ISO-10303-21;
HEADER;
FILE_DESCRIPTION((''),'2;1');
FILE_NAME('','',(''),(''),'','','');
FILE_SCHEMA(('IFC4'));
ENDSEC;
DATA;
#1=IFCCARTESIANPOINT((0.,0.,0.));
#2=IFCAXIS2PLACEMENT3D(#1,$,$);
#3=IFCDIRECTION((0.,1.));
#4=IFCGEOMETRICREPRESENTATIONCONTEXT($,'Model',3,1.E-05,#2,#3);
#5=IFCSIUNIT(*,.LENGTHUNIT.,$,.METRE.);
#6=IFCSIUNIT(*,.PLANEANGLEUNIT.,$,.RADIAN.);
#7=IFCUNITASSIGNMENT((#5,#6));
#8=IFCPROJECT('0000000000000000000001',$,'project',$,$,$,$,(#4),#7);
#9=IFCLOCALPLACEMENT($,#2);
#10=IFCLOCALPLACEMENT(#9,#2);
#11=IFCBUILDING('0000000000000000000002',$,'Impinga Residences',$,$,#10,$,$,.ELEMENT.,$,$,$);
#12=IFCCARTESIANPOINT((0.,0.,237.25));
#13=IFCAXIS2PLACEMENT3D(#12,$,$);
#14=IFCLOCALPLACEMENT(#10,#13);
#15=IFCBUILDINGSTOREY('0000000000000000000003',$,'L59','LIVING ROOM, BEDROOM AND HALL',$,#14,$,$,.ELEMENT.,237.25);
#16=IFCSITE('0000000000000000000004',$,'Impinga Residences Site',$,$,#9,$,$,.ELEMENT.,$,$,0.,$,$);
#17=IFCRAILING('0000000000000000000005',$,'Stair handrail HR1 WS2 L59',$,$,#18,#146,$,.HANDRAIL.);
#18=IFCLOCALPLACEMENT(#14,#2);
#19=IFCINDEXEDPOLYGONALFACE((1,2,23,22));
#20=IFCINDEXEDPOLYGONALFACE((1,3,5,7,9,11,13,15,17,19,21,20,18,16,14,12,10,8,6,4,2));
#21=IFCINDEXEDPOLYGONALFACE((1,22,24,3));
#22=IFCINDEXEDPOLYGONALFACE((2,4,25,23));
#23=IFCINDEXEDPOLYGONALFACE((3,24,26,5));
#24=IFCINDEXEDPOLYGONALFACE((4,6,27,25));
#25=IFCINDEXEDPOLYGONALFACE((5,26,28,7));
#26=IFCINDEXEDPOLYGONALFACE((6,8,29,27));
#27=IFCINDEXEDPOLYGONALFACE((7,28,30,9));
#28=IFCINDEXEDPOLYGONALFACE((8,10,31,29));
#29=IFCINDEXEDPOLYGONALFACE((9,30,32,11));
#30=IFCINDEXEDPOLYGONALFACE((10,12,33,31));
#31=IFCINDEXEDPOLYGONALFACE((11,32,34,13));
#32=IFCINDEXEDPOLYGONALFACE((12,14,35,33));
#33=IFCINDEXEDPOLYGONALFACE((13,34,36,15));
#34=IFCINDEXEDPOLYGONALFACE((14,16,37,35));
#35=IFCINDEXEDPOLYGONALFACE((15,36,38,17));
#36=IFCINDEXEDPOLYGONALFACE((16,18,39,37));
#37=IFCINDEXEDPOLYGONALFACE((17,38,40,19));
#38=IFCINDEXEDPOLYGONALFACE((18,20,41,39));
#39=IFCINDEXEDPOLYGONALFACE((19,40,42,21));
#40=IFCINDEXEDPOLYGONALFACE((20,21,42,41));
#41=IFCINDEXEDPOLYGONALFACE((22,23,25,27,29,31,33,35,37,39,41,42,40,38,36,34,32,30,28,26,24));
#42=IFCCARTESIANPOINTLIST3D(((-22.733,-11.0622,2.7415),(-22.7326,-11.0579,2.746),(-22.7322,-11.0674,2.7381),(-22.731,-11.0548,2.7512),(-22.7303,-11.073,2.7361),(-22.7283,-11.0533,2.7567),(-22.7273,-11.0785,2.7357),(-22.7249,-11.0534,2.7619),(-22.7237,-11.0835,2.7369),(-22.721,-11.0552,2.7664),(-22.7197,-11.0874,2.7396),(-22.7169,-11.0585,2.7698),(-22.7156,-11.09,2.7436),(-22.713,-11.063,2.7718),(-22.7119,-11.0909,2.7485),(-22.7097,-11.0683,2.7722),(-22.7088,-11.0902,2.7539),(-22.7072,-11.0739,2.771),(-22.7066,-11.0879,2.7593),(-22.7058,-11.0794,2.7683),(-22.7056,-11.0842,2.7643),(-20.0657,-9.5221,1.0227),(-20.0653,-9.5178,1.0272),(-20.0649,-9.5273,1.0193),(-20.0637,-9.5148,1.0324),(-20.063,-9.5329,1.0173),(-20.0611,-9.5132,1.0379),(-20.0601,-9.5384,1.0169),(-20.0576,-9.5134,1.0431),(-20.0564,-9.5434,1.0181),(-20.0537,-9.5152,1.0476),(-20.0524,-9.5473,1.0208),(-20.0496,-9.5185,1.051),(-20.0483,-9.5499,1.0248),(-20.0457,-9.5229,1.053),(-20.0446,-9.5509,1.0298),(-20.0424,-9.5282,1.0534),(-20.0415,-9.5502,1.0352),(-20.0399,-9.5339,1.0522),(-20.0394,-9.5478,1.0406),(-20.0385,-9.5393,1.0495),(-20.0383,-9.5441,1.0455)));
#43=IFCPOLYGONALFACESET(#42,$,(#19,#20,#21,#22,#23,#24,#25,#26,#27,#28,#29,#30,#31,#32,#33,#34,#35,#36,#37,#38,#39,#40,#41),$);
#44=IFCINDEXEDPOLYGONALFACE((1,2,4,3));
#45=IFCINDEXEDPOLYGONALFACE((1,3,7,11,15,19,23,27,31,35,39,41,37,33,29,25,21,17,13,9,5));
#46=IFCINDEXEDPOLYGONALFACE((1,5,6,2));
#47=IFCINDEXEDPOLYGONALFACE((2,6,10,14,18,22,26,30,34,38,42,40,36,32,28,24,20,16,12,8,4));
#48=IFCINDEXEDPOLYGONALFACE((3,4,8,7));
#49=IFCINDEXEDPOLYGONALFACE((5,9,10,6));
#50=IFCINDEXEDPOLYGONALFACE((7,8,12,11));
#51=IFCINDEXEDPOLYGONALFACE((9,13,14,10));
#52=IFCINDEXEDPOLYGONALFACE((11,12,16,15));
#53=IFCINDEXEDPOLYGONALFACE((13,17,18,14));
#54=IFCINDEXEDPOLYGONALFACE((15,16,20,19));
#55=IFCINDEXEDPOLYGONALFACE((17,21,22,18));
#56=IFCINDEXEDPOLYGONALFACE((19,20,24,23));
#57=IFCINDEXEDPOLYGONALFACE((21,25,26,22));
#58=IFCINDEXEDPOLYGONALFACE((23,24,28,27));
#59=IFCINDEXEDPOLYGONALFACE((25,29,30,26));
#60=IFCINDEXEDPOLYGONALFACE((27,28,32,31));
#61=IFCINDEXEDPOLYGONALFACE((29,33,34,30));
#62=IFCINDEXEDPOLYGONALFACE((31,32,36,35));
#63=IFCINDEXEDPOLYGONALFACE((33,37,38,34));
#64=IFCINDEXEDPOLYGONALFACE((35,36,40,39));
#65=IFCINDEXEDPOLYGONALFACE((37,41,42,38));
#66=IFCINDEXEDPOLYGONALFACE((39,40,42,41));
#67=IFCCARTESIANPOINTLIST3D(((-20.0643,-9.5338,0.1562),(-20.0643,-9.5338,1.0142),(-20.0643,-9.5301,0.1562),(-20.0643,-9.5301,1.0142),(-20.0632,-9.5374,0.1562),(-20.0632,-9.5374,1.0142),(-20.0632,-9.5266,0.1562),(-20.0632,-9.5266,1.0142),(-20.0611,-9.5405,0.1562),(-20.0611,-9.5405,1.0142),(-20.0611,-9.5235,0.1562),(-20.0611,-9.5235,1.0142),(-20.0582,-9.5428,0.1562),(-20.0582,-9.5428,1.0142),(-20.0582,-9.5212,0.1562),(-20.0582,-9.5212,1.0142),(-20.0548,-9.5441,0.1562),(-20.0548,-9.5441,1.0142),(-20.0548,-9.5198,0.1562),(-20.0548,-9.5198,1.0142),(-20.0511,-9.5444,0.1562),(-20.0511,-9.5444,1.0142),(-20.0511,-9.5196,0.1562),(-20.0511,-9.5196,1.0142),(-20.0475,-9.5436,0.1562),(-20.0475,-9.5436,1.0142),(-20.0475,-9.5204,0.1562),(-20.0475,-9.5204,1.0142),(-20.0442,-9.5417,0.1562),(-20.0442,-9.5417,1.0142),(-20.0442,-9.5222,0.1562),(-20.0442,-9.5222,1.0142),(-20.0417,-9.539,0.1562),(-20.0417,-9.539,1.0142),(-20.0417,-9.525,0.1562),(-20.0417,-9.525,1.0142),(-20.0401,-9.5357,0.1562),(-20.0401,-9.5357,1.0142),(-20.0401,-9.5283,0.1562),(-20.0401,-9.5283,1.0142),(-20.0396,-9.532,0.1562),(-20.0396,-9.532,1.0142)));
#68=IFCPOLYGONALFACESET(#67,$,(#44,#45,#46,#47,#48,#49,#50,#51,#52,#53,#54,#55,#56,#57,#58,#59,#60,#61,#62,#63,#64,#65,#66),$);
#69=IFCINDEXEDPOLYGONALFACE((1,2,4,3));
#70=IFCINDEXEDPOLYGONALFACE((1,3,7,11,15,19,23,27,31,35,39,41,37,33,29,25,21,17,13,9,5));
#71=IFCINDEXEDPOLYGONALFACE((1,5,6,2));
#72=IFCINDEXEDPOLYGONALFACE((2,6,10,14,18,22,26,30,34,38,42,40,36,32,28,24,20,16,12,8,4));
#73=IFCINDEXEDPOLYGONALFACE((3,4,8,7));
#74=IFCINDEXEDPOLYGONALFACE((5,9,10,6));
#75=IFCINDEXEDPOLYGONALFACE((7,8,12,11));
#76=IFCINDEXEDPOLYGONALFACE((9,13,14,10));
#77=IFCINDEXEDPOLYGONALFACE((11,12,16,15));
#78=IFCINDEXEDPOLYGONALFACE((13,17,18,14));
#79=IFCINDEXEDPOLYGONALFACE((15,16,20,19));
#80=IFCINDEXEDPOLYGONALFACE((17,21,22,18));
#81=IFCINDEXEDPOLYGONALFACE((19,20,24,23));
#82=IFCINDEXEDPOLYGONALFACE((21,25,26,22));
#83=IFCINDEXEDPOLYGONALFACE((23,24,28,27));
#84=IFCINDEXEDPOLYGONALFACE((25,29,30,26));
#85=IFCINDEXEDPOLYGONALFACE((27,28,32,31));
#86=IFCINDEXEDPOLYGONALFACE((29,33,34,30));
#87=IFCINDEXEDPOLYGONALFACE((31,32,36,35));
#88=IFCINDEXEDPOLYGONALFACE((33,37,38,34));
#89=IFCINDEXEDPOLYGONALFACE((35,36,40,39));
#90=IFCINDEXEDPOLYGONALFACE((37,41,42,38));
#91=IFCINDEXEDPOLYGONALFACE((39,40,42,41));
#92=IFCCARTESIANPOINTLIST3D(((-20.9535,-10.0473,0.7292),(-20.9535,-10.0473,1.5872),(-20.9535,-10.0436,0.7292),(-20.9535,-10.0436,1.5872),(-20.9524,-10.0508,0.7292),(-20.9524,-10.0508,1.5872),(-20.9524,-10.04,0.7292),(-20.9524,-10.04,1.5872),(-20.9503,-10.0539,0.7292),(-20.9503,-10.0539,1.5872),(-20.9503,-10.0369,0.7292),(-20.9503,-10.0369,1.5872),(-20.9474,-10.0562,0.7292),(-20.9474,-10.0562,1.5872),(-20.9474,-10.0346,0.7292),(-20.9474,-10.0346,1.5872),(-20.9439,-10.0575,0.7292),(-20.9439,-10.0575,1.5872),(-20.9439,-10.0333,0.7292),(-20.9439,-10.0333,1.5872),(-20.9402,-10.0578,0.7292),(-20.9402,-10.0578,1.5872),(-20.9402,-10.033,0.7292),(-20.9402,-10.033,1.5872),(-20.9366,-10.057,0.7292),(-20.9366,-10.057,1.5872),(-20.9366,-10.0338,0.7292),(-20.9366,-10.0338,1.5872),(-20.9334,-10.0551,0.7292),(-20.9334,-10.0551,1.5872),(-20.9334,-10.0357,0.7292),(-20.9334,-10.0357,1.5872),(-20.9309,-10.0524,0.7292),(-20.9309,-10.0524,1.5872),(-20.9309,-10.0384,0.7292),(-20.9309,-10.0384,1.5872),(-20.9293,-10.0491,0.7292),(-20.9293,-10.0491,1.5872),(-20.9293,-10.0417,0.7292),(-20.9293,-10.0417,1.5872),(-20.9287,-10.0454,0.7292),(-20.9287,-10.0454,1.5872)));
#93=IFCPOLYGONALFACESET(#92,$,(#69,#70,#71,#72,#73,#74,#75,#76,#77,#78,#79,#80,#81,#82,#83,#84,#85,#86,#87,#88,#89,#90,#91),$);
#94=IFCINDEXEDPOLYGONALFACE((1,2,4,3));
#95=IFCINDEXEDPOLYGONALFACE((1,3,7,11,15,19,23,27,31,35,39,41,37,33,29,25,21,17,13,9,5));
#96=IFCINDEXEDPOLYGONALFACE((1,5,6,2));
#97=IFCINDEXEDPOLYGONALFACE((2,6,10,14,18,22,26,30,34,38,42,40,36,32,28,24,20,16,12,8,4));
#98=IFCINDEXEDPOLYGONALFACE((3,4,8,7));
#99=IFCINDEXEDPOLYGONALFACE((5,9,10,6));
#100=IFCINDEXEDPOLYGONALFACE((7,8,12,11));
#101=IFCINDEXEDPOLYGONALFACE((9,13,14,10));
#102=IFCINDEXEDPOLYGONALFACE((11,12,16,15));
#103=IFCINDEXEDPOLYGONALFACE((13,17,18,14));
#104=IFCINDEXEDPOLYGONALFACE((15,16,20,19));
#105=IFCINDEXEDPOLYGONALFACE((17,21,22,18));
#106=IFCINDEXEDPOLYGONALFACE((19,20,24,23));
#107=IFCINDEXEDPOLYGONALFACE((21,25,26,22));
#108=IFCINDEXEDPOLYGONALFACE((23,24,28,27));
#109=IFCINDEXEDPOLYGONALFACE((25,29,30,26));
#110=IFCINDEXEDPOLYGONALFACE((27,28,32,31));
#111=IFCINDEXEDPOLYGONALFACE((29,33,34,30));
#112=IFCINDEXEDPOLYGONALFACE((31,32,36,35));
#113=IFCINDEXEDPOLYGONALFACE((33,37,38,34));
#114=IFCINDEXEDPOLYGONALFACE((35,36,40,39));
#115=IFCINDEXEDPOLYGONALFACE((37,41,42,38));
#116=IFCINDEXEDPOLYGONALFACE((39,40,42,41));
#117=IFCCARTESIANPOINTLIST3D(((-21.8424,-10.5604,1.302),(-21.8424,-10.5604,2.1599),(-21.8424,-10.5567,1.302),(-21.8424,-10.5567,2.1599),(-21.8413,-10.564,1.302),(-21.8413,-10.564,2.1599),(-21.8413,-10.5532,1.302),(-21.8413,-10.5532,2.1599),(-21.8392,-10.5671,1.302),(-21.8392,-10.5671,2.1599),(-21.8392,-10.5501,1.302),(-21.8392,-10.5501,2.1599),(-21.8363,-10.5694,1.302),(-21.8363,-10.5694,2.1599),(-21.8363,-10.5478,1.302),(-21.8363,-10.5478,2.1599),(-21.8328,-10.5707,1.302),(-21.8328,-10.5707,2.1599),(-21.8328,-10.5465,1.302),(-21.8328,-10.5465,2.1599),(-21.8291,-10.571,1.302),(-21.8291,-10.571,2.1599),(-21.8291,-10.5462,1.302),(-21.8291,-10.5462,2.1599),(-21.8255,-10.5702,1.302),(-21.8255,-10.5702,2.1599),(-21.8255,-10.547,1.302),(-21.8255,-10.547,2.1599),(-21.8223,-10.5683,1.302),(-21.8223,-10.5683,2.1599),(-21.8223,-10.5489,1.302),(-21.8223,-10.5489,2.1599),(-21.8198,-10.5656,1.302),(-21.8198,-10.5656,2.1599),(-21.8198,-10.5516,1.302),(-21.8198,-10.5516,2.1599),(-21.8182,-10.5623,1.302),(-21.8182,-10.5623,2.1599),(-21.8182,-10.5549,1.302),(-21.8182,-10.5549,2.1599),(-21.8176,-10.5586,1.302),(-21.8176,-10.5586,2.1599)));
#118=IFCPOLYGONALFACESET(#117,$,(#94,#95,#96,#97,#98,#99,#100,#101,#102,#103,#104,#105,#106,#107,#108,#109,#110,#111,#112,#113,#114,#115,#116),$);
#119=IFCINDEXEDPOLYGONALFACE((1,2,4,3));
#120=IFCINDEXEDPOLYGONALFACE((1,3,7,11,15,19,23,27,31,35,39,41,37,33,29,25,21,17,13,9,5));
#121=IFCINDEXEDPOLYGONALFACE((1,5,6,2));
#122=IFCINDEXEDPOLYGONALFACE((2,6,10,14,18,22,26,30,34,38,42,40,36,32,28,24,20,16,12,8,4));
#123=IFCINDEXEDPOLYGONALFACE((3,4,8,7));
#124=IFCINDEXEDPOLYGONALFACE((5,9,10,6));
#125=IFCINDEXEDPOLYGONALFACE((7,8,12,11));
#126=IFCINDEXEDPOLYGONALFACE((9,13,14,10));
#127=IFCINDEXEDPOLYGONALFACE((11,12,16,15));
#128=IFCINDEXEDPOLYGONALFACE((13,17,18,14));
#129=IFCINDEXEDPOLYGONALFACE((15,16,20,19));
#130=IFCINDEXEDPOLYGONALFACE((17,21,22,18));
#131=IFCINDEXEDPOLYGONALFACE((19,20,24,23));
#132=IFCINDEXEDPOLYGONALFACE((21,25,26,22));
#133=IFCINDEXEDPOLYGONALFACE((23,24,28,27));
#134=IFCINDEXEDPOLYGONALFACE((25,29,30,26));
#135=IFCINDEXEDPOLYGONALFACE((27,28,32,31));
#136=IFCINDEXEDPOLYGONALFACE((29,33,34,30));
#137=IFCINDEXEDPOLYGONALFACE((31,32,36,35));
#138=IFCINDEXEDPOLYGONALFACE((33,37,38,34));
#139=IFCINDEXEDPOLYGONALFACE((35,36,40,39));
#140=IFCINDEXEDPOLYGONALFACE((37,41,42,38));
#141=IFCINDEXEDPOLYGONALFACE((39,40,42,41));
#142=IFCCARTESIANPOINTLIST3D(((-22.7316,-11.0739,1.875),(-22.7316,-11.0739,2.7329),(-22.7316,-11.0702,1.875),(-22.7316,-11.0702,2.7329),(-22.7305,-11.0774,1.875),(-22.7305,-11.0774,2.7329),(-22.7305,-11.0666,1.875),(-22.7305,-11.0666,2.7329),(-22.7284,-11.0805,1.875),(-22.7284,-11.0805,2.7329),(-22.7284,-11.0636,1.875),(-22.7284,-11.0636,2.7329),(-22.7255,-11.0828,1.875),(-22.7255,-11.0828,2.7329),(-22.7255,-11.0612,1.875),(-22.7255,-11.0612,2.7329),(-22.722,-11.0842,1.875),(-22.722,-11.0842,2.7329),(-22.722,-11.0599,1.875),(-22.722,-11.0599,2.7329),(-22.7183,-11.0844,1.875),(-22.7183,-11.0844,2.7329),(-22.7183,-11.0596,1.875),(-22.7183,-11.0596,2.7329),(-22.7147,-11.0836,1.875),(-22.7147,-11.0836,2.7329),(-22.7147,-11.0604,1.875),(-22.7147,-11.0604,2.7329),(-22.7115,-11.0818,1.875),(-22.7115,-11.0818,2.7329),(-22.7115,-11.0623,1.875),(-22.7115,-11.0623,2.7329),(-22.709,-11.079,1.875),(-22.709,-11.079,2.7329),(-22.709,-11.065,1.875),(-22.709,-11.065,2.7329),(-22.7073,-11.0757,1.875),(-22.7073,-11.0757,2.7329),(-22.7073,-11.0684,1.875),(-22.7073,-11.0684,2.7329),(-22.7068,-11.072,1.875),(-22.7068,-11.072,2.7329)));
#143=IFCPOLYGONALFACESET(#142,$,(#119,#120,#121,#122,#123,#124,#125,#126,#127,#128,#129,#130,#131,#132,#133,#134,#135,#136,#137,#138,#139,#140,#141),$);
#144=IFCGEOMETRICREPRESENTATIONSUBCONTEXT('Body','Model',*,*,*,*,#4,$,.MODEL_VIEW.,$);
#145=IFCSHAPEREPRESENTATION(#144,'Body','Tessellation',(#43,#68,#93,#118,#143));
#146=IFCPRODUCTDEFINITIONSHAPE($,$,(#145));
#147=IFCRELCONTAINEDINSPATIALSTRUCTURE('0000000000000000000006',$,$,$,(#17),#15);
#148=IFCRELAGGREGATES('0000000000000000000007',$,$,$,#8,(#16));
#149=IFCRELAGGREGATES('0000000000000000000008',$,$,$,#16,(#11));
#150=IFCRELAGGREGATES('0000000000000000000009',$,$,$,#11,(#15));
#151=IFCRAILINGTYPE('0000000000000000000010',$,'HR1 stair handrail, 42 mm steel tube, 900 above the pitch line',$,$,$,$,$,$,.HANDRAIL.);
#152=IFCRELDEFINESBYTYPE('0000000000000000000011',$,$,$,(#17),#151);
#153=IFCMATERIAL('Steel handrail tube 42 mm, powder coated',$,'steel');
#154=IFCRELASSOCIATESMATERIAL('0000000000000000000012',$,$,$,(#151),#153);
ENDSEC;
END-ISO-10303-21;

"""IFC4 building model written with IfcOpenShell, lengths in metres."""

from ifc_helpers import new_model, si_unit, direction, frame, origin, origin_2d, place, context, subcontext, project, spatial, circle, extrude, material, type_object, element, save


model = new_model("IFC4")

# Units and contexts
model_context = context("Model", 3, precision=1e-05, world=origin(), true_north=direction((0.0, 1.0)))
body_context = subcontext(model_context, "Body", "Model", "MODEL_VIEW")
ifc_project = project(units=[si_unit("LENGTHUNIT", "METRE"), si_unit("PLANEANGLEUNIT", "RADIAN")], contexts=[model_context])

# Site, building, storey
site_placement = place(None, origin())
site = spatial("IfcSite", under=ifc_project, at=site_placement, Name="Impinga Residences Site", CompositionType="ELEMENT", RefElevation=0.0)
building_placement = place(site_placement, origin())
building = spatial("IfcBuilding", under=site, at=building_placement, Name="Impinga Residences", CompositionType="ELEMENT")
storey_placement = place(building_placement, frame((0.0, 0.0, 237.25)))
storey = spatial("IfcBuildingStorey", under=building, at=storey_placement, Name="L59", Description="LIVING ROOM, BEDROOM AND HALL", CompositionType="ELEMENT", Elevation=237.25)

# Railing
ifc_material_1 = material(Name="Steel handrail tube 42 mm, powder coated", Category="steel")
railing_type = type_object("IfcRailingType", Name="HR1 stair handrail, 42 mm steel tube, 900 above the pitch line", PredefinedType="HANDRAIL", material=ifc_material_1)
railing_1_placement = place(storey_placement, frame((-20.052, -9.532, 0.1562)))
element("IfcRailing", 1, at=railing_1_placement, inside=storey, type_object=railing_type, Name="Stair handrail HR1 WS2 L59", PredefinedType="HANDRAIL", context=body_context, shape_type="SweptSolid", body=[
    extrude(circle(Radius=0.021, at=origin_2d()), frame((0.0, 0.0, 0.8789), z_axis=(-0.756226, -0.436639, 0.487307), x_axis=(0.500027, -0.86601, 0.0)), (0.0, 0.0, 1.0), 3.5271),
    extrude(circle(Radius=0.0125, at=origin_2d()), origin(), (0.0, 0.0, 1.0), 0.8579),
    extrude(circle(Radius=0.0125, at=origin_2d()), frame((-0.8892, -0.5134, 0.573)), (0.0, 0.0, 1.0), 0.8579),
    extrude(circle(Radius=0.0125, at=origin_2d()), frame((-1.7781, -1.0266, 1.1458)), (0.0, 0.0, 1.0), 0.8579),
    extrude(circle(Radius=0.0125, at=origin_2d()), frame((-2.6672, -1.54, 1.7188)), (0.0, 0.0, 1.0), 0.8579),
])

save(model, "model.ifc")
